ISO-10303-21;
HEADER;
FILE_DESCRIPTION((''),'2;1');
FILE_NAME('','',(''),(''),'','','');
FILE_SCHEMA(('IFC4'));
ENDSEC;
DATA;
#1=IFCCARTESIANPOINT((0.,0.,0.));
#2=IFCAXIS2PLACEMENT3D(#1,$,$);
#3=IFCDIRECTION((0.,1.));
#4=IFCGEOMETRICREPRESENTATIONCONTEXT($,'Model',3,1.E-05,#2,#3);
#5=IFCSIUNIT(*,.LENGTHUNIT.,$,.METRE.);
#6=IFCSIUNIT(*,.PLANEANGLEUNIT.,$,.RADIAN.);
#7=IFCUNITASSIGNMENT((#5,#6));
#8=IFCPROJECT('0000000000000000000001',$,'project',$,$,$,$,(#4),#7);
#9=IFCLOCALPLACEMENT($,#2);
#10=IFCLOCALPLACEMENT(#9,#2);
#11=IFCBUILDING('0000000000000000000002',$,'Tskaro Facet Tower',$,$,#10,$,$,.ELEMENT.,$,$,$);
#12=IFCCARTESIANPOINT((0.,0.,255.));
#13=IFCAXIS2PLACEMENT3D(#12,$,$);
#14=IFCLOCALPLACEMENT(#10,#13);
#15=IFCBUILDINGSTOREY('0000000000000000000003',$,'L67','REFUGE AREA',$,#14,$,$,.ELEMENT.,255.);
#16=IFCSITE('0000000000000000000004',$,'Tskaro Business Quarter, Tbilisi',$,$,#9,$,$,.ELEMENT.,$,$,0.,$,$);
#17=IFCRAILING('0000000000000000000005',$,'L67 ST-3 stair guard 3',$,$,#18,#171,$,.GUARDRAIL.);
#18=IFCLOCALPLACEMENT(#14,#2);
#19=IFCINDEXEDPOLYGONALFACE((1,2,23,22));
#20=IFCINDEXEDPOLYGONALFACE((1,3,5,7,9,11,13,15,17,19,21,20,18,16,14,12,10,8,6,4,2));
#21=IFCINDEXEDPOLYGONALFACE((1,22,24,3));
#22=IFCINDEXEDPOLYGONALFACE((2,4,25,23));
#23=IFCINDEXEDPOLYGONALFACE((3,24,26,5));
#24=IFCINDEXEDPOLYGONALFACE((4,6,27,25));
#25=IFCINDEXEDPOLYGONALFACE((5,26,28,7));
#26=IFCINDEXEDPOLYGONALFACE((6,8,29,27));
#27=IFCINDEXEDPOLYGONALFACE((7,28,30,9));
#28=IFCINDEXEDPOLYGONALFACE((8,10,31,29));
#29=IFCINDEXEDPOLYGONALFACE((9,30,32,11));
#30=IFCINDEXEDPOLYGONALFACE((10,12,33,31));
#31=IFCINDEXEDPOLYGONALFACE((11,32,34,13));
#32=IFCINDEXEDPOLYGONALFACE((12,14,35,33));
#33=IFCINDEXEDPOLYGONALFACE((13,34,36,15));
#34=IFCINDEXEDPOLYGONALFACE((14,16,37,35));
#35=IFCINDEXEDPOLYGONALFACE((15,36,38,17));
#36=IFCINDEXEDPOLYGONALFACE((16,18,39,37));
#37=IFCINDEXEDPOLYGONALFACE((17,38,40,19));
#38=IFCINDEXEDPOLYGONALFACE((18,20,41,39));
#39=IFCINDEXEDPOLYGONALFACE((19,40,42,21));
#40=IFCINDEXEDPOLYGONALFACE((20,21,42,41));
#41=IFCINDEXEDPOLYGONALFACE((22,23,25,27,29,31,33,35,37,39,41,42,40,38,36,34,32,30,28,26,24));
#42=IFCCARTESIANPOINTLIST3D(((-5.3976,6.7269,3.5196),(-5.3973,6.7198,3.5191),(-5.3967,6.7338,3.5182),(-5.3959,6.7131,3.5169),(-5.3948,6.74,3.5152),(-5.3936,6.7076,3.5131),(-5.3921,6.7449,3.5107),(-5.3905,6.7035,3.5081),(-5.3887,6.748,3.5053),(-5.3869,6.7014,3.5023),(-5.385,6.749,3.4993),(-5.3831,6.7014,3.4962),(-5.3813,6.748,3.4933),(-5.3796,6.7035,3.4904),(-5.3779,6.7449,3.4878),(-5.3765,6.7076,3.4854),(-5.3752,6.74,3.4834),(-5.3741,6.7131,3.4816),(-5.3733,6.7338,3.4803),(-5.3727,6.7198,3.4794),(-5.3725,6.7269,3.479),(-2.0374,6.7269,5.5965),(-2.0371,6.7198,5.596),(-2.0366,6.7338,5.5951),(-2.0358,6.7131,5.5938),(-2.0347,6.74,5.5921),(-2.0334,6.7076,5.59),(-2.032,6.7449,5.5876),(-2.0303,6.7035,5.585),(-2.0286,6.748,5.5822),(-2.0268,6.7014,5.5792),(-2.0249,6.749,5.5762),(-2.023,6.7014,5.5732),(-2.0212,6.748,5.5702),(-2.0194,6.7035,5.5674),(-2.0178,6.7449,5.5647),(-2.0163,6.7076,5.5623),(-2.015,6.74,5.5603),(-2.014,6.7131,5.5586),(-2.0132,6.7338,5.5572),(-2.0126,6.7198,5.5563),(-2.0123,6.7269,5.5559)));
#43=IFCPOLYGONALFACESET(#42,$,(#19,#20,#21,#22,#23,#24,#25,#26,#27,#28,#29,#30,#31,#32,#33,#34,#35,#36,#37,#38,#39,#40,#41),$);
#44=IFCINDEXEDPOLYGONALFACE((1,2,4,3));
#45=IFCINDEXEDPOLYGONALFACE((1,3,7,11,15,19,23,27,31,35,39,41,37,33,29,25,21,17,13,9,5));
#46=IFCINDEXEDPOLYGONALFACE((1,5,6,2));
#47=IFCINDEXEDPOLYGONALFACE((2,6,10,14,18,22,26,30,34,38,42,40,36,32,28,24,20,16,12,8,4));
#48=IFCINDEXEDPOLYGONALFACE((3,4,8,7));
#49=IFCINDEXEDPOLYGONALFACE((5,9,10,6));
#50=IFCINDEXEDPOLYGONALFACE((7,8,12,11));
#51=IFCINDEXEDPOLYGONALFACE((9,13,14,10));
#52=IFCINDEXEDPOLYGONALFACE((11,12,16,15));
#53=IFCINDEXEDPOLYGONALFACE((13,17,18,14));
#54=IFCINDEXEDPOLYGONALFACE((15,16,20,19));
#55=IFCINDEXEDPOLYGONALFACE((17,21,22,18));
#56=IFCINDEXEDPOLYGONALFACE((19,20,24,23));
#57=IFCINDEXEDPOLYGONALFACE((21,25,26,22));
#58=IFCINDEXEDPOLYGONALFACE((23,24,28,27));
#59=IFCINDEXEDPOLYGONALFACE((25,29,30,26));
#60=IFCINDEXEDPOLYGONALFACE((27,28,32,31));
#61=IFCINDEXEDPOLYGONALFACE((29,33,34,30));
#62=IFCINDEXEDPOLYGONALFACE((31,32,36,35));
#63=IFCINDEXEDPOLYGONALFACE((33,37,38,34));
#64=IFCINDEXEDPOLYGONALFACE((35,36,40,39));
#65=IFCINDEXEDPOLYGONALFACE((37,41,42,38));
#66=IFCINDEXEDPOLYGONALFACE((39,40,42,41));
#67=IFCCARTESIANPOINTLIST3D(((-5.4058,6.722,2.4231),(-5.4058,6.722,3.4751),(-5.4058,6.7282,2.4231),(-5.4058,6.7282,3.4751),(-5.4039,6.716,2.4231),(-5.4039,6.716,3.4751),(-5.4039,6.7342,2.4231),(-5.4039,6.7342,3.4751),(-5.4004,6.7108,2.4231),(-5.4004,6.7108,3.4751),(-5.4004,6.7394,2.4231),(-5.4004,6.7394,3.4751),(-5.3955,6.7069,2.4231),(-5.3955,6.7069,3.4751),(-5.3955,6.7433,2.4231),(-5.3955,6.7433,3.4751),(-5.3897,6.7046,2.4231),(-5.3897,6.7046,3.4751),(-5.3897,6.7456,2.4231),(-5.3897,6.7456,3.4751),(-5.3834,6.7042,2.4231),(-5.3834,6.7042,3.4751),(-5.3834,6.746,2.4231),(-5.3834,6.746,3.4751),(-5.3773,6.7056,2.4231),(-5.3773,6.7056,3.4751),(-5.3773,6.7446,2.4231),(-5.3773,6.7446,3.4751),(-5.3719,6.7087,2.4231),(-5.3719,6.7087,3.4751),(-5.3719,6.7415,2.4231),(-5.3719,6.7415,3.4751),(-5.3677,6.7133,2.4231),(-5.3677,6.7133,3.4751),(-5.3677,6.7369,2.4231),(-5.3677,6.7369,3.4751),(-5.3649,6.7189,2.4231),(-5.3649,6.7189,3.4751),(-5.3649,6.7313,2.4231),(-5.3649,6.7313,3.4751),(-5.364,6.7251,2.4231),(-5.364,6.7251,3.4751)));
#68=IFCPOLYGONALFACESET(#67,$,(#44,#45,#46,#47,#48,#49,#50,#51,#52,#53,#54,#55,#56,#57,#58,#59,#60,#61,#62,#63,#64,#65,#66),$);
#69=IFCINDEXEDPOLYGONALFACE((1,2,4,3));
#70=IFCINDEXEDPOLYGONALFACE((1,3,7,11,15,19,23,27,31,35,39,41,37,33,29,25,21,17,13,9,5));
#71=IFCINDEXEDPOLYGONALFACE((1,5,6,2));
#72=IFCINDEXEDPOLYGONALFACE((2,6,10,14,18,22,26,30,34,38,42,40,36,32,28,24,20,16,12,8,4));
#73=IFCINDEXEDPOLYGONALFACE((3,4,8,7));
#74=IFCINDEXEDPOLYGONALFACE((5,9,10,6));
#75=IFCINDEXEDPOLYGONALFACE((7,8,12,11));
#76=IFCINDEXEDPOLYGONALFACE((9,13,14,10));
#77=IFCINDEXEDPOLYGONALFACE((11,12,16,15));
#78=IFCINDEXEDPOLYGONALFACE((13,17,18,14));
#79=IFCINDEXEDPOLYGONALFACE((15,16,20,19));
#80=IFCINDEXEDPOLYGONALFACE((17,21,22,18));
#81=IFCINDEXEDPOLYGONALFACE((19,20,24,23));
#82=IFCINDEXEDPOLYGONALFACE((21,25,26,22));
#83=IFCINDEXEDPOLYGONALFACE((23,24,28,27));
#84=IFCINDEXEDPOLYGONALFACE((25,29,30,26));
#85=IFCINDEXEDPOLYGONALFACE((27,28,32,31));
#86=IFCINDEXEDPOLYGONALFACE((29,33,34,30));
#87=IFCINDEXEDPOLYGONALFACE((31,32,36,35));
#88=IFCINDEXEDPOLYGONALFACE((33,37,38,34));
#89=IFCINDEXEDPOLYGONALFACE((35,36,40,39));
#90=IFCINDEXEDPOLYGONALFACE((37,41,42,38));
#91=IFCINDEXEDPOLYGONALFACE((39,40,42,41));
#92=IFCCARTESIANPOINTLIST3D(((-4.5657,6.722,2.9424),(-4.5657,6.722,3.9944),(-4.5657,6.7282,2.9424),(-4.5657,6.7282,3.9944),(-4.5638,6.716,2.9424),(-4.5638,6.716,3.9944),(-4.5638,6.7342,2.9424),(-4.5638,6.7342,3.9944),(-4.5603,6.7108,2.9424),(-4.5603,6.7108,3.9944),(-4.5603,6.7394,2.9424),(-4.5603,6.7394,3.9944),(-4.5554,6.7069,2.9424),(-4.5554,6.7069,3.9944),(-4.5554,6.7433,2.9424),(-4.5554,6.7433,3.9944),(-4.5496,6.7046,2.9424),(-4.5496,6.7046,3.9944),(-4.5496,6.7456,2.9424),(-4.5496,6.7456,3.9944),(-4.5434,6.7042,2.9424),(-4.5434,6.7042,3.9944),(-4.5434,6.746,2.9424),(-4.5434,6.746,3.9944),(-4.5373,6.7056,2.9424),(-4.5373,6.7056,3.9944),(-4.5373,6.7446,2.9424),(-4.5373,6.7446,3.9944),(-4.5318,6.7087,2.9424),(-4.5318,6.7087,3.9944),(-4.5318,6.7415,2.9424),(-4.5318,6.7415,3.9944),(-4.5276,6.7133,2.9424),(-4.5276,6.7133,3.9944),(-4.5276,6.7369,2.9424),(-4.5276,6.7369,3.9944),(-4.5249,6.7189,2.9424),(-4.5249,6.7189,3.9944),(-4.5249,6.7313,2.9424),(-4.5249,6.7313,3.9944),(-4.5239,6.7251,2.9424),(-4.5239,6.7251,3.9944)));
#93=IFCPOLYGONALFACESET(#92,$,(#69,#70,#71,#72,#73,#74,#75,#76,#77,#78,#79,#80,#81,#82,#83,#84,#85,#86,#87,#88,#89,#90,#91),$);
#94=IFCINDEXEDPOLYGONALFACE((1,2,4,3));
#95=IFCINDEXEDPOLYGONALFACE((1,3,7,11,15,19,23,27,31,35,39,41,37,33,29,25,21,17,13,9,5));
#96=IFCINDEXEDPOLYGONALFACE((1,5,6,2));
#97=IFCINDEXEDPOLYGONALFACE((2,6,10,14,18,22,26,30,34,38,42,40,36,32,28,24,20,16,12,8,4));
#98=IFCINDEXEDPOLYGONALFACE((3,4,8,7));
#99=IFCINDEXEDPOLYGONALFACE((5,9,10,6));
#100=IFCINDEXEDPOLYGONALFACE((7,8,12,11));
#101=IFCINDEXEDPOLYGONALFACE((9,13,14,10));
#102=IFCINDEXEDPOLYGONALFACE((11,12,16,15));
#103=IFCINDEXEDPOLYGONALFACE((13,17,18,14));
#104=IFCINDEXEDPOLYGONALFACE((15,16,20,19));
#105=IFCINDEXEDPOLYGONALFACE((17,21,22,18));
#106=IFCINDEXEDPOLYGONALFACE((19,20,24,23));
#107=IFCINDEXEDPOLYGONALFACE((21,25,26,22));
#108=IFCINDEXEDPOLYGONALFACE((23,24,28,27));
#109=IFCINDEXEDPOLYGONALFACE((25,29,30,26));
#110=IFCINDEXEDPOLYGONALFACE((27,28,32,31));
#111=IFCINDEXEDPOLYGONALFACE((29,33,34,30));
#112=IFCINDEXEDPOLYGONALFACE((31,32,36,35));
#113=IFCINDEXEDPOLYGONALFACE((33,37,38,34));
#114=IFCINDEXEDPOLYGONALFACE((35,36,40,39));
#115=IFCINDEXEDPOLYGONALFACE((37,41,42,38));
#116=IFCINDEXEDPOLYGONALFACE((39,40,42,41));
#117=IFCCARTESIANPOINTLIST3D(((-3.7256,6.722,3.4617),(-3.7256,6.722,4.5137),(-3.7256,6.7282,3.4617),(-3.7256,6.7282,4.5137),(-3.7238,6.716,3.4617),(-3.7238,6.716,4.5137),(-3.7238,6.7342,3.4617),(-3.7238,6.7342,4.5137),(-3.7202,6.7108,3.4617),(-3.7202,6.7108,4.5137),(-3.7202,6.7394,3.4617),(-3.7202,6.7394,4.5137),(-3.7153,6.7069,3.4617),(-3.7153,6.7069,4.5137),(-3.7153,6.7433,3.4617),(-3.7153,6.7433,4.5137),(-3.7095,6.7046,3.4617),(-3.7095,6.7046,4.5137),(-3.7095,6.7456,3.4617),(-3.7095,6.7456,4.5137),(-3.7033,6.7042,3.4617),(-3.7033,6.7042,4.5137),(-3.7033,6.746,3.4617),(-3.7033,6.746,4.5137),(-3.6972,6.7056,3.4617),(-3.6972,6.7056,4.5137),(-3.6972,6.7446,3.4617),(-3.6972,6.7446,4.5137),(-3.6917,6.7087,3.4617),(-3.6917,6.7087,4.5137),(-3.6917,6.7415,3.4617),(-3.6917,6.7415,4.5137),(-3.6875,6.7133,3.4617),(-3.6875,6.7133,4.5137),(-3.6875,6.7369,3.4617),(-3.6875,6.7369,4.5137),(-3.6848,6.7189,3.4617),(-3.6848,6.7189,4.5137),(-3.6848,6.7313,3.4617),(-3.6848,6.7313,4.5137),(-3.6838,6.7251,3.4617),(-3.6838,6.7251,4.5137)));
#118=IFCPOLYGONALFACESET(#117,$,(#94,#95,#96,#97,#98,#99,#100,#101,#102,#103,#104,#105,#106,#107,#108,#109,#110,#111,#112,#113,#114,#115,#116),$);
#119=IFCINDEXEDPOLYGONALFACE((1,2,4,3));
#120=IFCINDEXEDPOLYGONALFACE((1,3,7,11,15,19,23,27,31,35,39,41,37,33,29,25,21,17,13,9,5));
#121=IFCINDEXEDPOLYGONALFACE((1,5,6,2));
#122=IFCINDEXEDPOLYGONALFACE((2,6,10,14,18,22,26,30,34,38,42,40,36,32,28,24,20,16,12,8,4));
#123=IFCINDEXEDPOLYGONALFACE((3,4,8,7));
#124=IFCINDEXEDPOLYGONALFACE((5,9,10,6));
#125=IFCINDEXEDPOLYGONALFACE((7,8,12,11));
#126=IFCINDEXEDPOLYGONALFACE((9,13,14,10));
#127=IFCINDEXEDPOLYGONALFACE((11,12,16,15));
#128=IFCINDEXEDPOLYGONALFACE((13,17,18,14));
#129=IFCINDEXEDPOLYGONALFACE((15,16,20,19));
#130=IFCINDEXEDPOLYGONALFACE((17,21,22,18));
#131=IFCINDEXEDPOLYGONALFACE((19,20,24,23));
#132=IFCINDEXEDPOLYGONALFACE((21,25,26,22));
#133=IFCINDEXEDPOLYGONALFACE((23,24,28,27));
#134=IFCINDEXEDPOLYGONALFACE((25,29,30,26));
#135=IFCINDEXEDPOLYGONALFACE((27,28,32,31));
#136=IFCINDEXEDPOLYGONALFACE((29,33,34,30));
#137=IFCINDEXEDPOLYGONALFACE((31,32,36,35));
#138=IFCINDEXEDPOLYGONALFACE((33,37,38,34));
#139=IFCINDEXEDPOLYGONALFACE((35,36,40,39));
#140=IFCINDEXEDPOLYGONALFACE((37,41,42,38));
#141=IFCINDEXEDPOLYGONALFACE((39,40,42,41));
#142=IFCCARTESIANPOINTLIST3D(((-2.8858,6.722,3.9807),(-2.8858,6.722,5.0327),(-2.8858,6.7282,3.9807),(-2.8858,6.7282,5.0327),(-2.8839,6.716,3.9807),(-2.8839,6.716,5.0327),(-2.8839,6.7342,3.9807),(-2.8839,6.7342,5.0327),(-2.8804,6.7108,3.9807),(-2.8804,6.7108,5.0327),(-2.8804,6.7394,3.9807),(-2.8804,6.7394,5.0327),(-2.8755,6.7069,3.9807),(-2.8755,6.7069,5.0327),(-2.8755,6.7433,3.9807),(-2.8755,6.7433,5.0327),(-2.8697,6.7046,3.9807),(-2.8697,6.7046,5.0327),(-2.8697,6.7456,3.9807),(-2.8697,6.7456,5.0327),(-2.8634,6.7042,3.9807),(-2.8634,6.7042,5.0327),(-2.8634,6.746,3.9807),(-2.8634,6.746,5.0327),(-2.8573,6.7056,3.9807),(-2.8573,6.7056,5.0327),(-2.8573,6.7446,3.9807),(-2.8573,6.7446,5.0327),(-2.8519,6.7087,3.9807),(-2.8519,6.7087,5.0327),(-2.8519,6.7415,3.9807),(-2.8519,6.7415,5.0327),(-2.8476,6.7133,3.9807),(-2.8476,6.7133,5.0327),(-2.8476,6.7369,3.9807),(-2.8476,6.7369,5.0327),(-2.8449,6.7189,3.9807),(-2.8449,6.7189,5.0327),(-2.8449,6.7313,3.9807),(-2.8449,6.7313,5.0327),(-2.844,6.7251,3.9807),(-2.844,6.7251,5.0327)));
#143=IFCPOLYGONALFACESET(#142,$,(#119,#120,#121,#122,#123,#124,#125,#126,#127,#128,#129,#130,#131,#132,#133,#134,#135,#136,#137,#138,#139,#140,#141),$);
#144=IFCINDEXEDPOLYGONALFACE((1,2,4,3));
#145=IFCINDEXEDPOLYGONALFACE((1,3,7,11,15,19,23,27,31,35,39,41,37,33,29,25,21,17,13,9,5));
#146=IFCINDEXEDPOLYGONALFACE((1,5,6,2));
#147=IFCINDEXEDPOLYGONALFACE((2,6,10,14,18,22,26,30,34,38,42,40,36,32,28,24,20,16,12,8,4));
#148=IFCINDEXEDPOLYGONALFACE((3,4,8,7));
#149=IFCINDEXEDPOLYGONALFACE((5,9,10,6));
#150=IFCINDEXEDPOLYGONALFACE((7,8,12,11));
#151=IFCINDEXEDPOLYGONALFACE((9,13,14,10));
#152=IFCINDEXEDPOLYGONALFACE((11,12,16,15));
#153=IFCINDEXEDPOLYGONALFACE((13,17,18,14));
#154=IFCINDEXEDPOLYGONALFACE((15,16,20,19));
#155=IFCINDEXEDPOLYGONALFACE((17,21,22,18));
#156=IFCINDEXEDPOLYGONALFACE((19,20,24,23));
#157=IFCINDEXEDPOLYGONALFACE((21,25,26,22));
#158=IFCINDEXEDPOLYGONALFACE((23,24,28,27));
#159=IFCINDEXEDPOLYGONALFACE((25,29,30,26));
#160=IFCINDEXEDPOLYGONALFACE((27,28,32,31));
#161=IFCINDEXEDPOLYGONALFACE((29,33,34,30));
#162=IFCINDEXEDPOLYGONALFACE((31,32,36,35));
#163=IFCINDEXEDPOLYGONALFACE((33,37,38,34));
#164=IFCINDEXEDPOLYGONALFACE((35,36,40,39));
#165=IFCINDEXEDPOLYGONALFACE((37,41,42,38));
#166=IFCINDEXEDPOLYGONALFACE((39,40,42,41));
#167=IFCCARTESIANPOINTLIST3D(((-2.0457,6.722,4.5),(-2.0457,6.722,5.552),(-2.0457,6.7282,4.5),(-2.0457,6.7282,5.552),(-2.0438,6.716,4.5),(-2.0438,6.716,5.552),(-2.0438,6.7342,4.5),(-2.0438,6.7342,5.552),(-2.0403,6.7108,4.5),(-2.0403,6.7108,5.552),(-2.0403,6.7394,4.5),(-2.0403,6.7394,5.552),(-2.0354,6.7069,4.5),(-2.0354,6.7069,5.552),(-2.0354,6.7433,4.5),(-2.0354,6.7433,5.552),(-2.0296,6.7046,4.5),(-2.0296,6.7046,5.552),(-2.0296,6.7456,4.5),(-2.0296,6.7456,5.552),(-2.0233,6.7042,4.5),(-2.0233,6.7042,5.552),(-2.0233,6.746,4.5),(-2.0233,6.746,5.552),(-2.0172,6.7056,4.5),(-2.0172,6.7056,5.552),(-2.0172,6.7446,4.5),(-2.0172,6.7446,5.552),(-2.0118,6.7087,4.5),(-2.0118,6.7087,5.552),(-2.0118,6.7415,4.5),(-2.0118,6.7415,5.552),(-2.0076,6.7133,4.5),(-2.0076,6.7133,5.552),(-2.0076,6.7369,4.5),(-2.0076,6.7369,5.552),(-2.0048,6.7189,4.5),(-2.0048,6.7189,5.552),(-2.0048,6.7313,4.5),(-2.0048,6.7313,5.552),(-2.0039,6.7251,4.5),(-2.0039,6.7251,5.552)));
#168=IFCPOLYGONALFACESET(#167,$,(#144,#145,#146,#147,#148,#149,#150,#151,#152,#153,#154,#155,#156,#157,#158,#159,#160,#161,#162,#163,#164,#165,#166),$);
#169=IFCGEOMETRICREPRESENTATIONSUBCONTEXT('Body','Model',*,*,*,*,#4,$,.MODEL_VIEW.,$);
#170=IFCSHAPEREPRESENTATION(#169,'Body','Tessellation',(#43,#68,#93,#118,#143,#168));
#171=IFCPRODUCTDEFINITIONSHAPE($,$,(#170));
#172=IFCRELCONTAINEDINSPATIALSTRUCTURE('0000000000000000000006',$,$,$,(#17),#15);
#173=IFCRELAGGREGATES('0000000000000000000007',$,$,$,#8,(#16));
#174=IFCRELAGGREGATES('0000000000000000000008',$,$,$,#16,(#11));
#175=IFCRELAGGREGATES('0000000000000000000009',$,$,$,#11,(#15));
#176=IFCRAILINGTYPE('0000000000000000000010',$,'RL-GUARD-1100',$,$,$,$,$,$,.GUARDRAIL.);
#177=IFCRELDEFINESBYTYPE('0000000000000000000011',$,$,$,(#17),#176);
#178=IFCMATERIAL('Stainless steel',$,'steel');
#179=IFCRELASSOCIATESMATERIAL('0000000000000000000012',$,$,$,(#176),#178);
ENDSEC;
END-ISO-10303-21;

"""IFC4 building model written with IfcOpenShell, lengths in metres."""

from ifc_helpers import new_model, si_unit, direction, frame, origin, origin_2d, place, context, subcontext, project, spatial, circle, extrude, material, type_object, element, save


model = new_model("IFC4")

# Units and contexts
model_context = context("Model", 3, precision=1e-05, world=origin(), true_north=direction((0.0, 1.0)))
body_context = subcontext(model_context, "Body", "Model", "MODEL_VIEW")
ifc_project = project(units=[si_unit("LENGTHUNIT", "METRE"), si_unit("PLANEANGLEUNIT", "RADIAN")], contexts=[model_context])

# Site, building, storey
site_placement = place(None, origin())
site = spatial("IfcSite", under=ifc_project, at=site_placement, Name="Tskaro Business Quarter, Tbilisi", CompositionType="ELEMENT", RefElevation=0.0)
building_placement = place(site_placement, origin())
building = spatial("IfcBuilding", under=site, at=building_placement, Name="Tskaro Facet Tower", CompositionType="ELEMENT")
storey_placement = place(building_placement, frame((0.0, 0.0, 255.0)))
storey = spatial("IfcBuildingStorey", under=building, at=storey_placement, Name="L67", Description="REFUGE AREA", CompositionType="ELEMENT", Elevation=255.0)

# Railing
ifc_material_1 = material(Name="Stainless steel", Category="steel")
railing_type_1 = type_object("IfcRailingType", Name="RL-GUARD-1100", PredefinedType="GUARDRAIL", material=ifc_material_1)
railing_1_placement = place(storey_placement, frame((-5.385, 6.7251, 2.4231)))
element("IfcRailing", 1, at=railing_1_placement, inside=storey, type_object=railing_type_1, Name="L67 ST-3 stair guard 3", PredefinedType="GUARDRAIL", context=body_context, shape_type="SweptSolid", body=[
    extrude(circle(Radius=0.0239, at=origin_2d()), frame((0.0, 0.0, 1.0762), z_axis=(0.850623, 0.0, 0.525776), x_axis=(0.0, 1.0, 0.0)), (0.0, 0.0, 1.0), 3.9502),
    extrude(circle(Radius=0.021, at=origin_2d()), origin(), (0.0, 0.0, 1.0), 1.052),
    extrude(circle(Radius=0.021, at=origin_2d()), frame((0.8401, 0.0, 0.5193)), (0.0, 0.0, 1.0), 1.052),
    extrude(circle(Radius=0.021, at=origin_2d()), frame((1.6802, 0.0, 1.0386)), (0.0, 0.0, 1.0), 1.052),
    extrude(circle(Radius=0.021, at=origin_2d()), frame((2.52, 0.0, 1.5576)), (0.0, 0.0, 1.0), 1.052),
    extrude(circle(Radius=0.021, at=origin_2d()), frame((3.3601, 0.0, 2.0769)), (0.0, 0.0, 1.0), 1.052),
])

save(model, "model.ifc")
